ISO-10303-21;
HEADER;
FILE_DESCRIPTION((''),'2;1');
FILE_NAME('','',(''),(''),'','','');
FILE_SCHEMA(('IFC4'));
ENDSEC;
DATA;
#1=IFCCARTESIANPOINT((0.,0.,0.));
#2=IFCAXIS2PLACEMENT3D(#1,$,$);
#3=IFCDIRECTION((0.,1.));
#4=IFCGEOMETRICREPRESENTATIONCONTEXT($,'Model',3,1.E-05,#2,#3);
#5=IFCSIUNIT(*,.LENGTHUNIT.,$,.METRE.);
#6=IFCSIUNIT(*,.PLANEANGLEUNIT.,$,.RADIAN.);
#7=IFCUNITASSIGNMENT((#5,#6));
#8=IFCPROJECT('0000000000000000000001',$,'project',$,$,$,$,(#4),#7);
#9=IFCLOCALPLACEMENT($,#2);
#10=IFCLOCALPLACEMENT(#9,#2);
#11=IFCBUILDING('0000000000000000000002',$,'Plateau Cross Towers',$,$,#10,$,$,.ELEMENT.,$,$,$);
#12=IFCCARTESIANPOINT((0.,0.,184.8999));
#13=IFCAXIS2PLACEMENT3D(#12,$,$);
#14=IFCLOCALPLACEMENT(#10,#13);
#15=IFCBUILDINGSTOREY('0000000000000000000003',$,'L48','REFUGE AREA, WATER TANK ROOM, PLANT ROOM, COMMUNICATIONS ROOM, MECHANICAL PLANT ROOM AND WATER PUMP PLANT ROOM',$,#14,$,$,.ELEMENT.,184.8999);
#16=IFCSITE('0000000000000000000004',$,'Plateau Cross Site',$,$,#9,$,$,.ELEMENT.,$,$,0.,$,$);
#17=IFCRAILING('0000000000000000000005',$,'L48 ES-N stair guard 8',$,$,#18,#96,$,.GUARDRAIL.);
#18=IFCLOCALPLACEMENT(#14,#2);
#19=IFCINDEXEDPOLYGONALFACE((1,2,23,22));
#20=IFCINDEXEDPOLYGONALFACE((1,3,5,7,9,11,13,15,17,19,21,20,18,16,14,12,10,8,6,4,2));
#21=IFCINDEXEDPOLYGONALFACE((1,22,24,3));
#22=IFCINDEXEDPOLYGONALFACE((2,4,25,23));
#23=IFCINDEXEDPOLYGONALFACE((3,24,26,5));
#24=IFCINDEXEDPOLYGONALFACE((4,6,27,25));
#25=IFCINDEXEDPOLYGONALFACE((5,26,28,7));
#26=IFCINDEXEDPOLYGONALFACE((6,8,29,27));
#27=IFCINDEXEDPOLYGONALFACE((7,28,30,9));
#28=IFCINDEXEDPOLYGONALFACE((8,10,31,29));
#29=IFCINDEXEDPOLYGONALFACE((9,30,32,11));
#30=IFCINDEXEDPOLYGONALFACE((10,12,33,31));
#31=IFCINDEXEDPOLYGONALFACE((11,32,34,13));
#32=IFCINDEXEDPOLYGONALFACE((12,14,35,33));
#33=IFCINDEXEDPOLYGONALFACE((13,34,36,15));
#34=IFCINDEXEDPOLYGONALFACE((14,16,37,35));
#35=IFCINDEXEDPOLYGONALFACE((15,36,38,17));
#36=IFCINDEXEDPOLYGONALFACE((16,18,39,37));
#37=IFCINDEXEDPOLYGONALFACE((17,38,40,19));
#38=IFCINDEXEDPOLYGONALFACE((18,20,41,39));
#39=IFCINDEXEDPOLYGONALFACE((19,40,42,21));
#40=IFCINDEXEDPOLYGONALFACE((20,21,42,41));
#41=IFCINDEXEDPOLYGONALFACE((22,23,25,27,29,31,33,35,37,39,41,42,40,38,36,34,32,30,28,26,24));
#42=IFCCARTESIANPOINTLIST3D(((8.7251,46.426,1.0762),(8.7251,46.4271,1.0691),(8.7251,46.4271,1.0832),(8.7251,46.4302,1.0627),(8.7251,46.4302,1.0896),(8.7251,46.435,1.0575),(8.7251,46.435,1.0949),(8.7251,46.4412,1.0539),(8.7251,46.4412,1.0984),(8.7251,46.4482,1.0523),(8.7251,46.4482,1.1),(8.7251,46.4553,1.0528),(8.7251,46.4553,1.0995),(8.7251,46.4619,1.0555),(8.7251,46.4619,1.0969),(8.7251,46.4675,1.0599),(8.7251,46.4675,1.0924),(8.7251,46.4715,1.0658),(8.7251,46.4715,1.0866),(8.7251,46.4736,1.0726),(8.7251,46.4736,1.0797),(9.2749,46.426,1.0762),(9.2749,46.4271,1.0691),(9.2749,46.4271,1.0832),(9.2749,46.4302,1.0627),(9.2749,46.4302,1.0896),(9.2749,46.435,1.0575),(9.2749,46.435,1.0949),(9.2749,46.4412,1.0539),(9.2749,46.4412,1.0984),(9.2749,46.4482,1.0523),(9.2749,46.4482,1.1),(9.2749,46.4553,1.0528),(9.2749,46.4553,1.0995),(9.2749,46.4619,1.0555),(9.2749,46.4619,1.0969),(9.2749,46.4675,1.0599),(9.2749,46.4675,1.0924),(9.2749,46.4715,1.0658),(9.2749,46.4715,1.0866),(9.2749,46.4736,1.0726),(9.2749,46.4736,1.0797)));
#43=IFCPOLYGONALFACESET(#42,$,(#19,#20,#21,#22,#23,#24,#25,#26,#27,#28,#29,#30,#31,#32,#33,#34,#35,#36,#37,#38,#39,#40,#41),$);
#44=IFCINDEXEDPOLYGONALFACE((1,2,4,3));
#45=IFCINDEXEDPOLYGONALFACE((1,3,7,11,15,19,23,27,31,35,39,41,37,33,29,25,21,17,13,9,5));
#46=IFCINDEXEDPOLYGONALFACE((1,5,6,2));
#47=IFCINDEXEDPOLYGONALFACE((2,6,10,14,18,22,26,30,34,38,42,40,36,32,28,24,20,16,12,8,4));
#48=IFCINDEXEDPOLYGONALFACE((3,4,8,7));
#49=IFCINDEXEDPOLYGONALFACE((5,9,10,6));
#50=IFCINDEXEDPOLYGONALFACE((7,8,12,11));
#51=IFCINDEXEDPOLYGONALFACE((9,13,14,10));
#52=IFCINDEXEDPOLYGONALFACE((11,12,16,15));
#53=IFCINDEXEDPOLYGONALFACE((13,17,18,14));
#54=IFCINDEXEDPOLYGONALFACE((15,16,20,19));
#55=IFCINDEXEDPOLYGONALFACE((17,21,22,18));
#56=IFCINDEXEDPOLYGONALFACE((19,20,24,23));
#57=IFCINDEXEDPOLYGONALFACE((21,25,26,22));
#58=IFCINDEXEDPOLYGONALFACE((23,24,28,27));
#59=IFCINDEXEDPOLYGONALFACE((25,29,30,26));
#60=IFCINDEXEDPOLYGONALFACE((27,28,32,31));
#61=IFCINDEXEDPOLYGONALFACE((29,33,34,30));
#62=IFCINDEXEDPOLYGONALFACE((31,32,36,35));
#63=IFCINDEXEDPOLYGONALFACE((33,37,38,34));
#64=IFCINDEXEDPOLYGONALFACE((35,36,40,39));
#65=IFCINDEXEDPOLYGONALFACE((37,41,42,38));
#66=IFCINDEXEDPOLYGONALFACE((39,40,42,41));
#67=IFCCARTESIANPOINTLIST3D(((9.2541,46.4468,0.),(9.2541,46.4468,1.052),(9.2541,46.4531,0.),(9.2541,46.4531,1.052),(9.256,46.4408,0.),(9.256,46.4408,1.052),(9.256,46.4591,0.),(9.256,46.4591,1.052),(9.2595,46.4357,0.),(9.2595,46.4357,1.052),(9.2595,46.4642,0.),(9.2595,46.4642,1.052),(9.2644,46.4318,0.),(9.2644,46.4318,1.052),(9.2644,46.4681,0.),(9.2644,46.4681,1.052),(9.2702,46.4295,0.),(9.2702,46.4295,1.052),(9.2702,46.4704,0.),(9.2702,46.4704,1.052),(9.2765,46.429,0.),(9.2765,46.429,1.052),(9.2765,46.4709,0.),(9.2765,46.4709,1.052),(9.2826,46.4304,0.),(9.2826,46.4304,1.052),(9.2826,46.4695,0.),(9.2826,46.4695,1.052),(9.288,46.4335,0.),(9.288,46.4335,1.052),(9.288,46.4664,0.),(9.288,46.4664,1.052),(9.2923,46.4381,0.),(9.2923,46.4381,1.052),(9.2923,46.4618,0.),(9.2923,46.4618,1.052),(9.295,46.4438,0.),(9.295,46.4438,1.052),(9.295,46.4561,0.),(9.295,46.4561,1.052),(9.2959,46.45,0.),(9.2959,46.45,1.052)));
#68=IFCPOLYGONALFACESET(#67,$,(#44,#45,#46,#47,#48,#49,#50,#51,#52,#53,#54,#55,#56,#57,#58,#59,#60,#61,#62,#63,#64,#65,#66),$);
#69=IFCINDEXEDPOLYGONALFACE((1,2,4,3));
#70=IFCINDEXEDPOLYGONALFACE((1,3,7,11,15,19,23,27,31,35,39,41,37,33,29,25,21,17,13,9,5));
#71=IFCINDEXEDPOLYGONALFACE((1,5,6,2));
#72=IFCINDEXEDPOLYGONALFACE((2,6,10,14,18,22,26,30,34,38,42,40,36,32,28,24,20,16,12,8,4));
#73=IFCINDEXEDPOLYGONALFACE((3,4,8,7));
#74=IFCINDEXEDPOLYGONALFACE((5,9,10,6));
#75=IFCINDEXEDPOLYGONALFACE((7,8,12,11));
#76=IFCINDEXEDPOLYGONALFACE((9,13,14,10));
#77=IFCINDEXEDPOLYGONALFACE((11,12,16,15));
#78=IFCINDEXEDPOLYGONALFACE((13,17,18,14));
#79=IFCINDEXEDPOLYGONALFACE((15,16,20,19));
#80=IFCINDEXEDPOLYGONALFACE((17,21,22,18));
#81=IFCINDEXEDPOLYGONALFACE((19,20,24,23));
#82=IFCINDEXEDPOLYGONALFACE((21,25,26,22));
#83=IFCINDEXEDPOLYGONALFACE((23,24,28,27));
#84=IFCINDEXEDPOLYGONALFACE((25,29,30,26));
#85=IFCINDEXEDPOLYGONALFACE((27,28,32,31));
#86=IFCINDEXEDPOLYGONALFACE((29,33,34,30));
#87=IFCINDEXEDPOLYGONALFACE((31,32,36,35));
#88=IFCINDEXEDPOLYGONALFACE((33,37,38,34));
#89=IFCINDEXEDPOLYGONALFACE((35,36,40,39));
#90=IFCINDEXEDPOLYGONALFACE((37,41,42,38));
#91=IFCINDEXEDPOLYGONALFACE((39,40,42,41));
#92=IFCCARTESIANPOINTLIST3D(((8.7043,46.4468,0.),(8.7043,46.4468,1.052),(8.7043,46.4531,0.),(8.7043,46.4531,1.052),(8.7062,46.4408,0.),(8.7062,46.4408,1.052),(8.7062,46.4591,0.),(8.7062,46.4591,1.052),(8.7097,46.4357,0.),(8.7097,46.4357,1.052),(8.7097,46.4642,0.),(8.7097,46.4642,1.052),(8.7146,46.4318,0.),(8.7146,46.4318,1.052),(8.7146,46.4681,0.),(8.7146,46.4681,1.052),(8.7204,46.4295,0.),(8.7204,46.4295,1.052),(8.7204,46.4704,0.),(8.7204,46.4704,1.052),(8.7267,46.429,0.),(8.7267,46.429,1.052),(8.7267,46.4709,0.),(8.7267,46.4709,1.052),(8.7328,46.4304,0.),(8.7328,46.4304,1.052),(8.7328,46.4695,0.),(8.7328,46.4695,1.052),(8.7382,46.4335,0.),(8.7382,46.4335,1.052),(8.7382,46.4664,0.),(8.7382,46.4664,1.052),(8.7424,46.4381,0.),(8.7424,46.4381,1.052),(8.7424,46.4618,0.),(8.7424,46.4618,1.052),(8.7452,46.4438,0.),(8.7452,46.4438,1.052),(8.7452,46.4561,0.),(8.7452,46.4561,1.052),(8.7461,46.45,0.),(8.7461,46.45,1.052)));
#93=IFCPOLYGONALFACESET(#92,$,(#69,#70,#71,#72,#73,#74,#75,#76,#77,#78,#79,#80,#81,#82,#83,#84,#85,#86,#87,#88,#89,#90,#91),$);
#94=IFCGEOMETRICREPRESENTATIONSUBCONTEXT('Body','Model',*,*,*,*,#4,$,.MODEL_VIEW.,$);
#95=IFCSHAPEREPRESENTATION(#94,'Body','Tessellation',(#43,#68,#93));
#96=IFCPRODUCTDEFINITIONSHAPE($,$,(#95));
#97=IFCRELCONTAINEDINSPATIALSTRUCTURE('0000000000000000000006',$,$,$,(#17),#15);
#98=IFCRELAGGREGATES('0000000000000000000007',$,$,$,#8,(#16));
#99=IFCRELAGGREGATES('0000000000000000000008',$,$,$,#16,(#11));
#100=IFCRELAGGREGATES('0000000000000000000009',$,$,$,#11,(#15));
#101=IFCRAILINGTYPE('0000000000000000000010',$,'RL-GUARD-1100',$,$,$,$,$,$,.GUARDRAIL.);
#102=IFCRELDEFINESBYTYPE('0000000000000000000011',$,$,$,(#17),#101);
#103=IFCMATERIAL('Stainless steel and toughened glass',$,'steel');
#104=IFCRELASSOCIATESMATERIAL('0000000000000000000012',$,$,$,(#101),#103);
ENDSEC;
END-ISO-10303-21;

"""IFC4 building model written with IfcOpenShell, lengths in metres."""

from ifc_helpers import new_model, si_unit, direction, frame, origin, origin_2d, place, context, subcontext, project, spatial, circle, extrude, material, type_object, element, save


model = new_model("IFC4")

# Units and contexts
model_context = context("Model", 3, precision=1e-05, world=origin(), true_north=direction((0.0, 1.0)))
body_context = subcontext(model_context, "Body", "Model", "MODEL_VIEW")
ifc_project = project(units=[si_unit("LENGTHUNIT", "METRE"), si_unit("PLANEANGLEUNIT", "RADIAN")], contexts=[model_context])

# Site, building, storey
site_placement = place(None, origin())
site = spatial("IfcSite", under=ifc_project, at=site_placement, Name="Plateau Cross Site", CompositionType="ELEMENT", RefElevation=0.0)
building_placement = place(site_placement, origin())
building = spatial("IfcBuilding", under=site, at=building_placement, Name="Plateau Cross Towers", CompositionType="ELEMENT")
storey_placement = place(building_placement, frame((0.0, 0.0, 184.8999)))
storey = spatial("IfcBuildingStorey", under=building, at=storey_placement, Name="L48", Description="REFUGE AREA, WATER TANK ROOM, PLANT ROOM, COMMUNICATIONS ROOM, MECHANICAL PLANT ROOM AND WATER PUMP PLANT ROOM", CompositionType="ELEMENT", Elevation=184.8999)

# Railing
ifc_material_1 = material(Name="Stainless steel and toughened glass", Category="steel")
railing_type_1 = type_object("IfcRailingType", Name="RL-GUARD-1100", PredefinedType="GUARDRAIL", material=ifc_material_1)
railing_1_placement = place(storey_placement, frame((9.2749, 46.45, 0.0)))
element("IfcRailing", 1, at=railing_1_placement, inside=storey, type_object=railing_type_1, Name="L48 ES-N stair guard 8", PredefinedType="GUARDRAIL", context=body_context, shape_type="SweptSolid", body=[
    extrude(circle(Radius=0.0239, at=origin_2d()), frame((0.0, 0.0, 1.0762), z_axis=(-1.0, 0.0, 0.0), x_axis=(0.0, -1.0, 0.0)), (0.0, 0.0, 1.0), 0.5498),
    extrude(circle(Radius=0.021, at=origin_2d()), origin(), (0.0, 0.0, 1.0), 1.052),
    extrude(circle(Radius=0.021, at=origin_2d()), frame((-0.5498, 0.0, 0.0)), (0.0, 0.0, 1.0), 1.052),
])

save(model, "model.ifc")
